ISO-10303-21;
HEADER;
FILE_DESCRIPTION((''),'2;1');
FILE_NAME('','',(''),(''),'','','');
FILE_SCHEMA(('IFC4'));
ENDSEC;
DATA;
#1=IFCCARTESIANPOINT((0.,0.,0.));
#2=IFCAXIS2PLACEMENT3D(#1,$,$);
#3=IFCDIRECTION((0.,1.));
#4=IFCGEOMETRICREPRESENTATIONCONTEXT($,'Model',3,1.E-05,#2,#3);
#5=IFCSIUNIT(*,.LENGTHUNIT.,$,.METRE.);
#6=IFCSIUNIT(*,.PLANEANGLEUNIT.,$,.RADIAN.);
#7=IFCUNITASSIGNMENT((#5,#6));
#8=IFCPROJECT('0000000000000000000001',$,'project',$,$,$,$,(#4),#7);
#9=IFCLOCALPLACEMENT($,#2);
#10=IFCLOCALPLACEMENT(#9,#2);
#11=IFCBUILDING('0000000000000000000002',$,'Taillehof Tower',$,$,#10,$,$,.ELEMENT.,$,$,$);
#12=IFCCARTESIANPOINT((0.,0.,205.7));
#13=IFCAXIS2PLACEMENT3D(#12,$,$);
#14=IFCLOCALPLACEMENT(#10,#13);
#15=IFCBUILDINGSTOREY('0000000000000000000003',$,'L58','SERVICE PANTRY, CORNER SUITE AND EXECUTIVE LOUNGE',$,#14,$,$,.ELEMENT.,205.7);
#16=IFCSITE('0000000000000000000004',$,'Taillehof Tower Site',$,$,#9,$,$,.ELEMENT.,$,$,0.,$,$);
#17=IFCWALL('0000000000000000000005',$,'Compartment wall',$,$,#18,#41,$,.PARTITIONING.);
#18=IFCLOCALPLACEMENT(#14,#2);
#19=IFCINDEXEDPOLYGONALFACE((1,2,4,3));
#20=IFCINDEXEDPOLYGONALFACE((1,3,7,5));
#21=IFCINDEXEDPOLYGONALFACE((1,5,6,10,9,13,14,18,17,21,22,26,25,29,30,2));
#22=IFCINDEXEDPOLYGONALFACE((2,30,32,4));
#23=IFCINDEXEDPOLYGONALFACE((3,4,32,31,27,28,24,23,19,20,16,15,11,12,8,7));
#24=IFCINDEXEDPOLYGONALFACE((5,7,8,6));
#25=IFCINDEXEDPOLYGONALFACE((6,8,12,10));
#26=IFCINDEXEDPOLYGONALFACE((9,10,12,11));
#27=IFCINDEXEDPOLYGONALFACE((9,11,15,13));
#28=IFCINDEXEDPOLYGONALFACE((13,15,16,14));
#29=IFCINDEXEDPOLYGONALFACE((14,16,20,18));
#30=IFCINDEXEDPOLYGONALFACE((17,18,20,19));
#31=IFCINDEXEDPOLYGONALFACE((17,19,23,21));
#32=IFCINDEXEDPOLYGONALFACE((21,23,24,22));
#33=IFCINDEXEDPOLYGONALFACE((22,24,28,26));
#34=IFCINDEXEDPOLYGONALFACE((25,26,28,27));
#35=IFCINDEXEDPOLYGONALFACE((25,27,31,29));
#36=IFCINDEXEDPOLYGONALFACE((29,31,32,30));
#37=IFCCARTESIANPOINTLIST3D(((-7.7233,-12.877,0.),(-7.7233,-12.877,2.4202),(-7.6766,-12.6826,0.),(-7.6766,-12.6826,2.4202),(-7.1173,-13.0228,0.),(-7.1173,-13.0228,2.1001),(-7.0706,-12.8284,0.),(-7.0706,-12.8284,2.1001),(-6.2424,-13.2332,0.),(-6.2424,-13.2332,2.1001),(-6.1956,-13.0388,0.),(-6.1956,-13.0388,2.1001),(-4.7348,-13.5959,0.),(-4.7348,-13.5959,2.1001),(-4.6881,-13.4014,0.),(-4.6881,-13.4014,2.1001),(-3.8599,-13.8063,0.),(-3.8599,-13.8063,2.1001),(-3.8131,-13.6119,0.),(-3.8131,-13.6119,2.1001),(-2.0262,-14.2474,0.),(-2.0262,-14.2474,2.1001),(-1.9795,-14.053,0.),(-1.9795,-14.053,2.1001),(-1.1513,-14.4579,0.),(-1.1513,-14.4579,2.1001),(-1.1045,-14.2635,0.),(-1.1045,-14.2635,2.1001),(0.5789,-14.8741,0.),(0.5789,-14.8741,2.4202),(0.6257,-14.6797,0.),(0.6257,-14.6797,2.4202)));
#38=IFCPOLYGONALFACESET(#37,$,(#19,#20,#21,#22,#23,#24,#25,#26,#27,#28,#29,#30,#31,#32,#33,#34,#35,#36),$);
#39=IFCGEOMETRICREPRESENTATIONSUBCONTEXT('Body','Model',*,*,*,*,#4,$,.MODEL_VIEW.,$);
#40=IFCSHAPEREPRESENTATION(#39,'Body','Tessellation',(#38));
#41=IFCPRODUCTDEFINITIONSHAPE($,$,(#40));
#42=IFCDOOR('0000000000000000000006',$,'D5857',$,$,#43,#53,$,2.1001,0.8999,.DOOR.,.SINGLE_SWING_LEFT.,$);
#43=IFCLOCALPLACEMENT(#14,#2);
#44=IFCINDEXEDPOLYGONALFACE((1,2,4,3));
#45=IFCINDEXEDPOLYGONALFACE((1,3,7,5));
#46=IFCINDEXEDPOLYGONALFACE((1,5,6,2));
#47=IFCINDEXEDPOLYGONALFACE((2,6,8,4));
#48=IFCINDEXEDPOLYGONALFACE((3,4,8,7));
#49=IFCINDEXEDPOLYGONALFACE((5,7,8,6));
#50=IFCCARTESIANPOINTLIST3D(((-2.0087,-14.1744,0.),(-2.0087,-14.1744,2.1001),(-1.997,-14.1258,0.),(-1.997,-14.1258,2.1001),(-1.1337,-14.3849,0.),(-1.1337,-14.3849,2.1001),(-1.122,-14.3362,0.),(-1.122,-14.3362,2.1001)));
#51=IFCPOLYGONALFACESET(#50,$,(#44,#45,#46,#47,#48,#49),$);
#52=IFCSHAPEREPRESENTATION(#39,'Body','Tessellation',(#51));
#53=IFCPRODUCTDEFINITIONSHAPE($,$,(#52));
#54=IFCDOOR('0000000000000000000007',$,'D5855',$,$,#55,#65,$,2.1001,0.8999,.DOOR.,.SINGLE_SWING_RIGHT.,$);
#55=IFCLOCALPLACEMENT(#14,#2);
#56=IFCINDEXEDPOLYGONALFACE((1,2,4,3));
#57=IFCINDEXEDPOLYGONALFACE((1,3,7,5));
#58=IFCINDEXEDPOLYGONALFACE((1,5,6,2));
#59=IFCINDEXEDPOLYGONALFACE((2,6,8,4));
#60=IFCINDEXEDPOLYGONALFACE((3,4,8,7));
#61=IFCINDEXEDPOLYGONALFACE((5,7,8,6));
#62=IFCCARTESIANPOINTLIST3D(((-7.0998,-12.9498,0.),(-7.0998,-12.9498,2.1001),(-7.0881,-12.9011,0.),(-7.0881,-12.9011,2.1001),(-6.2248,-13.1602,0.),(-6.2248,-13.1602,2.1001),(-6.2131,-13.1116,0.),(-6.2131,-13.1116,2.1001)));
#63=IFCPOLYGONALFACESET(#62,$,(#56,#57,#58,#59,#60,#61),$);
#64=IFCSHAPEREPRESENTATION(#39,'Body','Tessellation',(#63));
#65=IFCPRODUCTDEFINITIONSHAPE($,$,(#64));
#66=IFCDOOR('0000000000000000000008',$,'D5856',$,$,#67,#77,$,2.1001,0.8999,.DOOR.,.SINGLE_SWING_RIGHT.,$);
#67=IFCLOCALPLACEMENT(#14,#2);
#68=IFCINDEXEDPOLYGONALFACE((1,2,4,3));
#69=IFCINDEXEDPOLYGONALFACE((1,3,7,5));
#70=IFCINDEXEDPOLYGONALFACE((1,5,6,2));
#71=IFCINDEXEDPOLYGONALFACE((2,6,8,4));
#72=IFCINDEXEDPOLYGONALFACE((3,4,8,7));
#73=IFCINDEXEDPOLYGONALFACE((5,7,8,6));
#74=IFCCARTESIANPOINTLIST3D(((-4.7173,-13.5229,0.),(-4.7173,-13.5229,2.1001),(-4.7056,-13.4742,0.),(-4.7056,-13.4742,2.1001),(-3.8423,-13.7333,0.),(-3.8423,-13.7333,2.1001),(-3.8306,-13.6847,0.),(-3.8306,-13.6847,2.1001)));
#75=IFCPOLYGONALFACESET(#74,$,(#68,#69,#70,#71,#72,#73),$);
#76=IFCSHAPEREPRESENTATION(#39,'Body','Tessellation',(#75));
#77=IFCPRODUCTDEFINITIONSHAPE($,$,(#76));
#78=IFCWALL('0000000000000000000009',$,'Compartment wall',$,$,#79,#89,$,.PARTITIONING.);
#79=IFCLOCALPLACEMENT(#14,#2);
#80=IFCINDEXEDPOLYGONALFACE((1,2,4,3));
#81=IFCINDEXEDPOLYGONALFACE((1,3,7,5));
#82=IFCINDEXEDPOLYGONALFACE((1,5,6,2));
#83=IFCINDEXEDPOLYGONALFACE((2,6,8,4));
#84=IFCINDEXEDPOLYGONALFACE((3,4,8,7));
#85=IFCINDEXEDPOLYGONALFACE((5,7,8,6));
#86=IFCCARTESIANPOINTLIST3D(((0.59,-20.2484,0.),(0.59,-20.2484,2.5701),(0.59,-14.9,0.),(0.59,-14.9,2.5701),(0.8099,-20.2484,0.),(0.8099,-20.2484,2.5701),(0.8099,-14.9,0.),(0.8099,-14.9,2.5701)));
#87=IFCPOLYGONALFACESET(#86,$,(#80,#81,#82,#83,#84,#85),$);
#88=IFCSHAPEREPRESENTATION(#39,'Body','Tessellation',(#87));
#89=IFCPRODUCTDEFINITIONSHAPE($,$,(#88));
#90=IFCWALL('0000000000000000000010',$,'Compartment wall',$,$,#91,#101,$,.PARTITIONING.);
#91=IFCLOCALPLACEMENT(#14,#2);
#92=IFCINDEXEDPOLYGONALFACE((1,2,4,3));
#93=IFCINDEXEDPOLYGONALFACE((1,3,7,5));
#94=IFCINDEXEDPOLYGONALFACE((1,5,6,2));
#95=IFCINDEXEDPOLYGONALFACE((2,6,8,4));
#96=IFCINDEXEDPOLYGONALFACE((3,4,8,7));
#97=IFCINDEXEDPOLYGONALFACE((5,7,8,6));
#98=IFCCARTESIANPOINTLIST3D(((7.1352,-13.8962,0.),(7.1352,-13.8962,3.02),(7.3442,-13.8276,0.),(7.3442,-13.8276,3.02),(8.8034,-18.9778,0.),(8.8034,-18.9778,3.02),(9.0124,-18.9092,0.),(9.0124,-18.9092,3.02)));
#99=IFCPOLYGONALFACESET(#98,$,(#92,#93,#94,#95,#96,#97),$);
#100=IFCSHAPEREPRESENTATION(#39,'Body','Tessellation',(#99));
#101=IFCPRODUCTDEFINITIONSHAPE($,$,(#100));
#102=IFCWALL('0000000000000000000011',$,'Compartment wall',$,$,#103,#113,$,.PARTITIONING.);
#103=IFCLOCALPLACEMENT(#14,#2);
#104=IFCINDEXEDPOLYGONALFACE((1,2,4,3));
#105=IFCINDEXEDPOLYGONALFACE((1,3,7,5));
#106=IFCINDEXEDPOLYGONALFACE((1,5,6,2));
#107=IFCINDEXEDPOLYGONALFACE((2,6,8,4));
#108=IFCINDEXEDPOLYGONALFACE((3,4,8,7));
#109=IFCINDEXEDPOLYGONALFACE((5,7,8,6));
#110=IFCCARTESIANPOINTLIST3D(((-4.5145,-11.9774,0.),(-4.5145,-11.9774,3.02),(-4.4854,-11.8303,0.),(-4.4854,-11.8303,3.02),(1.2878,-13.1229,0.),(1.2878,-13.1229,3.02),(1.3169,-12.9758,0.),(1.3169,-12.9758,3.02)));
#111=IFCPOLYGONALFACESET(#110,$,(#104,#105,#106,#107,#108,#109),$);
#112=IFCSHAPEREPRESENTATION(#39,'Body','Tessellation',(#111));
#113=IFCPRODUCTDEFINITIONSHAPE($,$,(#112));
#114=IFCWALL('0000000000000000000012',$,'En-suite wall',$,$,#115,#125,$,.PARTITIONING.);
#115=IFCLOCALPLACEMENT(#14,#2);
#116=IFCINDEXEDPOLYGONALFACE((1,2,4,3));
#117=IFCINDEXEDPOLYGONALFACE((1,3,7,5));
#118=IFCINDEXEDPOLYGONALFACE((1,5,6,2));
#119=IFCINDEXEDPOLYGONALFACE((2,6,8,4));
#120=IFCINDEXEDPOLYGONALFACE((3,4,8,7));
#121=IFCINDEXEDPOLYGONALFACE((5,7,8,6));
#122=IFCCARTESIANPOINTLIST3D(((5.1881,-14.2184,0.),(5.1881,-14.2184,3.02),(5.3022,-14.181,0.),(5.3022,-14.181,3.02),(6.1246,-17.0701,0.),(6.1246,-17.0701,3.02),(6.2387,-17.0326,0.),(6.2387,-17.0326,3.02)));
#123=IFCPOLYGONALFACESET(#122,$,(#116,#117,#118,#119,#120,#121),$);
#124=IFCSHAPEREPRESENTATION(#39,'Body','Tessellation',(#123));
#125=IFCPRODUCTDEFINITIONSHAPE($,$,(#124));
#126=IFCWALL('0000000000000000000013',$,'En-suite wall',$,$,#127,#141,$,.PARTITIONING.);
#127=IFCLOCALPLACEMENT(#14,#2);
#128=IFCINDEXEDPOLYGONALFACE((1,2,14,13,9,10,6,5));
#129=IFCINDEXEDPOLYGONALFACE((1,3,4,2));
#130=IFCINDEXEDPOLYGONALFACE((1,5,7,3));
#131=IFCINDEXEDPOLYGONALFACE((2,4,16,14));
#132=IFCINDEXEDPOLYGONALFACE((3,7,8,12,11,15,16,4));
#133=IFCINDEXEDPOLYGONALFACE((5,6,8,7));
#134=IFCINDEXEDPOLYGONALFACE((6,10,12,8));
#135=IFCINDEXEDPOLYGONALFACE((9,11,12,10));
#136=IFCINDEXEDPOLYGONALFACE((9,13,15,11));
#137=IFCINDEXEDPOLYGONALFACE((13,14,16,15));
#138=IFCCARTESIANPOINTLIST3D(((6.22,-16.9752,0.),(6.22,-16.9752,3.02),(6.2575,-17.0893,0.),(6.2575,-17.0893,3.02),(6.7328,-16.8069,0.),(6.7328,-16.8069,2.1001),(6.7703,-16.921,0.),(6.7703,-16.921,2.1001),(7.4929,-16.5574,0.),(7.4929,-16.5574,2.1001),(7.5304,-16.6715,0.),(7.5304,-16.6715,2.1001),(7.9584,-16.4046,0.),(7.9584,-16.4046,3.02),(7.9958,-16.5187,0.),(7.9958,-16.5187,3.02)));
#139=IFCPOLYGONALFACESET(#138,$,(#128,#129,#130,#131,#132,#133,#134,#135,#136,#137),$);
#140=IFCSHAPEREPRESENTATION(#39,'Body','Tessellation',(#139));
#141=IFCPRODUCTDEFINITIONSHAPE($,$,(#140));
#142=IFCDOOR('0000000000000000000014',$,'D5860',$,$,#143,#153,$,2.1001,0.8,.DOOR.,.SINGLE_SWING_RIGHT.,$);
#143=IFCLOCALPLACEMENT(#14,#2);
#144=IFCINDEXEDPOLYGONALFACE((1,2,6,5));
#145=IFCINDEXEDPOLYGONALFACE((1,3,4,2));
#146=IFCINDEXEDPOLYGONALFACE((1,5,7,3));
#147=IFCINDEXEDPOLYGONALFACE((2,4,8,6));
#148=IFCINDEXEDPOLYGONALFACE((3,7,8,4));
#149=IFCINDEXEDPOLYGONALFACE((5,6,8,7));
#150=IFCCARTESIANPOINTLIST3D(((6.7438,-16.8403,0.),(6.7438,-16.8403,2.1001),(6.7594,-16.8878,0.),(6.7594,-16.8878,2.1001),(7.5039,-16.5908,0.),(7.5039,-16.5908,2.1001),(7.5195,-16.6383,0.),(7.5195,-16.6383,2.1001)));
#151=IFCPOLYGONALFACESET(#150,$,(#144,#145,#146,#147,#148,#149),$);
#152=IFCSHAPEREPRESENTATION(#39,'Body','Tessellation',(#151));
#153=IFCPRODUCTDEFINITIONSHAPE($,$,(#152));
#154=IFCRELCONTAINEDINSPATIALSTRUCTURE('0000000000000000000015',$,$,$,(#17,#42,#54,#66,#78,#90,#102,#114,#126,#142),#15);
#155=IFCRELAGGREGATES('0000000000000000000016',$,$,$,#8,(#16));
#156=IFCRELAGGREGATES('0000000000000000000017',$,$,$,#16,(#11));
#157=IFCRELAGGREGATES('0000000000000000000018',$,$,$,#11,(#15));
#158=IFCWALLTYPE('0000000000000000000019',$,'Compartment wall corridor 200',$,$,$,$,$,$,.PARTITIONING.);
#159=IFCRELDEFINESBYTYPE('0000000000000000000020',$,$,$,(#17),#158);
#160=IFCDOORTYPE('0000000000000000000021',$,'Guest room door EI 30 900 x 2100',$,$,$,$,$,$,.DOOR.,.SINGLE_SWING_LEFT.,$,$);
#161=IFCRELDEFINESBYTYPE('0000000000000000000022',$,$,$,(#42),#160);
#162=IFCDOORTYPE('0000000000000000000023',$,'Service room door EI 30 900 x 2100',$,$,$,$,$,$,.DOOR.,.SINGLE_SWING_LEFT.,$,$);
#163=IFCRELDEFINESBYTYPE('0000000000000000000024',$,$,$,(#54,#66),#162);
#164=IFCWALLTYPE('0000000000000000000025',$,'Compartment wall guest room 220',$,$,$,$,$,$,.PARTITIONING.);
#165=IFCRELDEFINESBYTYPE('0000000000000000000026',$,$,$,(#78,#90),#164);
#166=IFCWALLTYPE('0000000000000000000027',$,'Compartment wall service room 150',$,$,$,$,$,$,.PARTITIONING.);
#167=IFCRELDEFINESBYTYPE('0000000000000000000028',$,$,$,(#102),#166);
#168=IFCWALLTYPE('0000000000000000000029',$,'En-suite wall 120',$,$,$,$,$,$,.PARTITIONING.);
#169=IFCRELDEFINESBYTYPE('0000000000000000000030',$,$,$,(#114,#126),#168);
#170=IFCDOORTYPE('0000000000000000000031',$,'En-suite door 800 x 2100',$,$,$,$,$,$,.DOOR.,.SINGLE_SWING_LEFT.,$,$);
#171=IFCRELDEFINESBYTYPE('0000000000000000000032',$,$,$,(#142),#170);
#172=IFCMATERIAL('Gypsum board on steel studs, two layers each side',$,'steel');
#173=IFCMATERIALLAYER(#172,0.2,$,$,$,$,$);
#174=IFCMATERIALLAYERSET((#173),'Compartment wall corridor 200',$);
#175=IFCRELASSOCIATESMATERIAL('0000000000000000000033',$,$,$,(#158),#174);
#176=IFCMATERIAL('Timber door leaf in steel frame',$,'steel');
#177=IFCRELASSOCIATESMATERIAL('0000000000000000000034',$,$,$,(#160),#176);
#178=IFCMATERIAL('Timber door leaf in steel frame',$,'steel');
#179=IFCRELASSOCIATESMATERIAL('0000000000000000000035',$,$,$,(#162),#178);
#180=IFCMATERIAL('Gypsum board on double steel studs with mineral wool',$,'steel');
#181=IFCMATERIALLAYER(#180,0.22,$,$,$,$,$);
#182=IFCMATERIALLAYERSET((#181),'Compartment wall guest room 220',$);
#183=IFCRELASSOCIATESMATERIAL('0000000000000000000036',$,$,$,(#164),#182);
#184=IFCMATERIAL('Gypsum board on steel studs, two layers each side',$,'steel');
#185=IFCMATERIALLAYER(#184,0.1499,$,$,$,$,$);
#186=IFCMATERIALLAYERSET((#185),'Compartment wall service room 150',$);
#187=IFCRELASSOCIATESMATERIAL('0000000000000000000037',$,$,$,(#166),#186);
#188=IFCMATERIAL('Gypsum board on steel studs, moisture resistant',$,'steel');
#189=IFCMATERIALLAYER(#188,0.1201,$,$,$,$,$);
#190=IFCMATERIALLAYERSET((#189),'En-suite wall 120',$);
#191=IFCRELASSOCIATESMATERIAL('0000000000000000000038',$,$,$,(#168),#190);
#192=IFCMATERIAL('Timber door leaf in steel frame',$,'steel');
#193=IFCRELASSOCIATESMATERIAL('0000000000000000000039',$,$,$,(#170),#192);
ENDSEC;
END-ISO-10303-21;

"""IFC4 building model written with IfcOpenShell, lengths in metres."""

from ifc_helpers import new_model, si_unit, direction, frame, frame_2d, origin, place, context, subcontext, project, spatial, rectangle, extrude, material, layer, layer_set, type_object, element, fill, save


model = new_model("IFC4")

# Units and contexts
model_context = context("Model", 3, precision=1e-05, world=origin(), true_north=direction((0.0, 1.0)))
body_context = subcontext(model_context, "Body", "Model", "MODEL_VIEW")
ifc_project = project(units=[si_unit("LENGTHUNIT", "METRE"), si_unit("PLANEANGLEUNIT", "RADIAN")], contexts=[model_context])

# Site, building, storey
site_placement = place(None, origin())
site = spatial("IfcSite", under=ifc_project, at=site_placement, Name="Taillehof Tower Site", CompositionType="ELEMENT", RefElevation=0.0)
building_placement = place(site_placement, origin())
building = spatial("IfcBuilding", under=site, at=building_placement, Name="Taillehof Tower", CompositionType="ELEMENT")
storey_placement = place(building_placement, frame((0.0, 0.0, 205.7)))
storey = spatial("IfcBuildingStorey", under=building, at=storey_placement, Name="L58", Description="SERVICE PANTRY, CORNER SUITE AND EXECUTIVE LOUNGE", CompositionType="ELEMENT", Elevation=205.7)

# Shared definitions
ifc_material_1 = material(Name="Gypsum board on steel studs, two layers each side", Category="steel")
ifc_layer_1 = layer(ifc_material_1, 0.2)
ifc_layer_set_1 = layer_set([ifc_layer_1], Name="Compartment wall corridor 200")
wall_type_1 = type_object("IfcWallType", Name="Compartment wall corridor 200", PredefinedType="PARTITIONING", material=ifc_layer_set_1)

# Wall, openings, doors
wall_1_placement = place(storey_placement, frame((0.6023, -14.7769, 0.0), z_axis=(0.0, 0.0, 1.0), x_axis=(-0.972267, 0.233875, 0.0)))
wall_1 = element("IfcWall", 1, at=wall_1_placement, inside=storey, type_object=wall_type_1, Name="Compartment wall", PredefinedType="PARTITIONING", context=body_context, shape_type="SweptSolid", body=[
    extrude(rectangle(XDim=8.5391, YDim=0.2, at=frame_2d((4.2695, 0.0))), origin(), (0.0, 0.0, 1.0), 2.4202),
])
opening_1_placement = place(wall_1_placement, frame((7.0159, 0.0, 0.0)))
opening_1 = element("IfcOpeningElement", 2, at=opening_1_placement, cuts=wall_1, PredefinedType="OPENING", context=body_context, shape_type="SweptSolid", body=[
    extrude(rectangle(XDim=0.8999, YDim=2.1001, at=frame_2d((0.45, 1.05))), frame((0.0, 0.1099, 0.0), z_axis=(0.0, -1.0, 0.0), x_axis=(1.0, 0.0, 0.0)), (0.0, 0.0, 1.0), 0.22),
])
opening_2_placement = place(wall_1_placement, frame((4.5654, 0.0, 0.0)))
opening_2 = element("IfcOpeningElement", 3, at=opening_2_placement, cuts=wall_1, PredefinedType="OPENING", context=body_context, shape_type="SweptSolid", body=[
    extrude(rectangle(XDim=0.8999, YDim=2.1001, at=frame_2d((0.45, 1.05))), frame((0.0, 0.1099, 0.0), z_axis=(0.0, -1.0, 0.0), x_axis=(1.0, 0.0, 0.0)), (0.0, 0.0, 1.0), 0.22),
])
opening_3_placement = place(wall_1_placement, frame((1.7795, 0.0, 0.0)))
opening_3 = element("IfcOpeningElement", 4, at=opening_3_placement, cuts=wall_1, PredefinedType="OPENING", context=body_context, shape_type="SweptSolid", body=[
    extrude(rectangle(XDim=0.8999, YDim=2.1001, at=frame_2d((0.45, 1.05))), frame((0.0, 0.1099, 0.0), z_axis=(0.0, -1.0, 0.0), x_axis=(1.0, 0.0, 0.0)), (0.0, 0.0, 1.0), 0.22),
])
ifc_material_2 = material(Name="Timber door leaf in steel frame", Category="steel")
door_type_1 = type_object("IfcDoorType", Name="Guest room door EI 30 900 x 2100", OperationType="SINGLE_SWING_LEFT", PredefinedType="DOOR", material=ifc_material_2)
door_1_placement = place(opening_3_placement, origin())
door_1 = element("IfcDoor", 5, at=door_1_placement, inside=storey, type_object=door_type_1, Name="D5857", OperationType="SINGLE_SWING_LEFT", OverallHeight=2.1001, OverallWidth=0.8999, PredefinedType="DOOR", context=body_context, shape_type="SweptSolid", body=[
    extrude(rectangle(XDim=0.8999, YDim=2.1001, at=frame_2d((0.45, 1.05))), frame((0.0, 0.0249, 0.0), z_axis=(0.0, -1.0, 0.0), x_axis=(1.0, 0.0, 0.0)), (0.0, 0.0, 1.0), 0.05),
])
fill(opening_3, door_1)
ifc_material_3 = material(Name="Timber door leaf in steel frame", Category="steel")
door_type_2 = type_object("IfcDoorType", Name="Service room door EI 30 900 x 2100", OperationType="SINGLE_SWING_LEFT", PredefinedType="DOOR", material=ifc_material_3)
door_2_placement = place(opening_1_placement, origin())
door_2 = element("IfcDoor", 6, at=door_2_placement, inside=storey, type_object=door_type_2, Name="D5855", OperationType="SINGLE_SWING_RIGHT", OverallHeight=2.1001, OverallWidth=0.8999, PredefinedType="DOOR", context=body_context, shape_type="SweptSolid", body=[
    extrude(rectangle(XDim=0.8999, YDim=2.1001, at=frame_2d((0.45, 1.05))), frame((0.0, 0.0249, 0.0), z_axis=(0.0, -1.0, 0.0), x_axis=(1.0, 0.0, 0.0)), (0.0, 0.0, 1.0), 0.05),
])
fill(opening_1, door_2)
door_3_placement = place(opening_2_placement, origin())
door_3 = element("IfcDoor", 7, at=door_3_placement, inside=storey, type_object=door_type_2, Name="D5856", OperationType="SINGLE_SWING_RIGHT", OverallHeight=2.1001, OverallWidth=0.8999, PredefinedType="DOOR", context=body_context, shape_type="SweptSolid", body=[
    extrude(rectangle(XDim=0.8999, YDim=2.1001, at=frame_2d((0.45, 1.05))), frame((0.0, 0.0249, 0.0), z_axis=(0.0, -1.0, 0.0), x_axis=(1.0, 0.0, 0.0)), (0.0, 0.0, 1.0), 0.05),
])
fill(opening_2, door_3)

# Walls
ifc_material_4 = material(Name="Gypsum board on double steel studs with mineral wool", Category="steel")
ifc_layer_2 = layer(ifc_material_4, 0.22)
ifc_layer_set_2 = layer_set([ifc_layer_2], Name="Compartment wall guest room 220")
wall_type_2 = type_object("IfcWallType", Name="Compartment wall guest room 220", PredefinedType="PARTITIONING", material=ifc_layer_set_2)
wall_2_placement = place(storey_placement, frame((0.7, -20.2485, 0.0), z_axis=(0.0, 0.0, 1.0), x_axis=(0.0, 1.0, 0.0)))
element("IfcWall", 8, at=wall_2_placement, inside=storey, type_object=wall_type_2, Name="Compartment wall", PredefinedType="PARTITIONING", context=body_context, shape_type="SweptSolid", body=[
    extrude(rectangle(XDim=5.3484, YDim=0.22, at=frame_2d((2.6743, 0.0))), origin(), (0.0, 0.0, 1.0), 2.5701),
])
wall_3_placement = place(storey_placement, frame((8.908, -18.9436, 0.0), z_axis=(0.0, 0.0, 1.0), x_axis=(-0.311911, 0.950111, 0.0)))
element("IfcWall", 9, at=wall_3_placement, inside=storey, type_object=wall_type_2, Name="Compartment wall", PredefinedType="PARTITIONING", context=body_context, shape_type="SweptSolid", body=[
    extrude(rectangle(XDim=5.3484, YDim=0.22, at=frame_2d((2.6743, 0.0))), origin(), (0.0, 0.0, 1.0), 3.02),
])
ifc_material_5 = material(Name="Gypsum board on steel studs, two layers each side", Category="steel")
ifc_layer_3 = layer(ifc_material_5, 0.1499)
ifc_layer_set_3 = layer_set([ifc_layer_3], Name="Compartment wall service room 150")
wall_type_3 = type_object("IfcWallType", Name="Compartment wall service room 150", PredefinedType="PARTITIONING", material=ifc_layer_set_3)
wall_4_placement = place(storey_placement, frame((1.3022, -13.0493, 0.0), z_axis=(0.0, 0.0, 1.0), x_axis=(-0.981064, 0.193686, 0.0)))
element("IfcWall", 10, at=wall_4_placement, inside=storey, type_object=wall_type_3, Name="Compartment wall", PredefinedType="PARTITIONING", context=body_context, shape_type="SweptSolid", body=[
    extrude(rectangle(XDim=5.9143, YDim=0.1499, at=frame_2d((2.957, 0.0))), origin(), (0.0, 0.0, 1.0), 3.02),
])
ifc_material_6 = material(Name="Gypsum board on steel studs, moisture resistant", Category="steel")
ifc_layer_4 = layer(ifc_material_6, 0.1201)
ifc_layer_set_4 = layer_set([ifc_layer_4], Name="En-suite wall 120")
wall_type_4 = type_object("IfcWallType", Name="En-suite wall 120", PredefinedType="PARTITIONING", material=ifc_layer_set_4)
wall_5_placement = place(storey_placement, frame((5.2451, -14.1997, 0.0), z_axis=(0.0, 0.0, 1.0), x_axis=(0.312027, -0.950073, 0.0)))
element("IfcWall", 11, at=wall_5_placement, inside=storey, type_object=wall_type_4, Name="En-suite wall", PredefinedType="PARTITIONING", context=body_context, shape_type="SweptSolid", body=[
    extrude(rectangle(XDim=3.0015, YDim=0.1201, at=frame_2d((1.5007, 0.0))), origin(), (0.0, 0.0, 1.0), 3.02),
])

# Wall, opening, door
wall_6_placement = place(storey_placement, frame((6.2388, -17.0322, 0.0), z_axis=(0.0, 0.0, 1.0), x_axis=(0.950128, 0.311861, 0.0)))
wall_6 = element("IfcWall", 12, at=wall_6_placement, inside=storey, type_object=wall_type_4, Name="En-suite wall", PredefinedType="PARTITIONING", context=body_context, shape_type="SweptSolid", body=[
    extrude(rectangle(XDim=1.8296, YDim=0.1201, at=frame_2d((0.9148, 0.0))), origin(), (0.0, 0.0, 1.0), 3.02),
])
opening_4_placement = place(wall_6_placement, frame((0.5398, 0.0, 0.0)))
opening_4 = element("IfcOpeningElement", 13, at=opening_4_placement, cuts=wall_6, PredefinedType="OPENING", context=body_context, shape_type="SweptSolid", body=[
    extrude(rectangle(XDim=0.8, YDim=2.1001, at=frame_2d((0.3999, 1.05))), frame((0.0, 0.0701, 0.0), z_axis=(0.0, -1.0, 0.0), x_axis=(1.0, 0.0, 0.0)), (0.0, 0.0, 1.0), 0.1401),
])
ifc_material_7 = material(Name="Timber door leaf in steel frame", Category="steel")
door_type_3 = type_object("IfcDoorType", Name="En-suite door 800 x 2100", OperationType="SINGLE_SWING_LEFT", PredefinedType="DOOR", material=ifc_material_7)
door_4_placement = place(opening_4_placement, origin())
door_4 = element("IfcDoor", 14, at=door_4_placement, inside=storey, type_object=door_type_3, Name="D5860", OperationType="SINGLE_SWING_RIGHT", OverallHeight=2.1001, OverallWidth=0.8, PredefinedType="DOOR", context=body_context, shape_type="SweptSolid", body=[
    extrude(rectangle(XDim=0.8, YDim=2.1001, at=frame_2d((0.3999, 1.05))), frame((0.0, 0.0249, 0.0), z_axis=(0.0, -1.0, 0.0), x_axis=(1.0, 0.0, 0.0)), (0.0, 0.0, 1.0), 0.05),
])
fill(opening_4, door_4)

save(model, "model.ifc")
